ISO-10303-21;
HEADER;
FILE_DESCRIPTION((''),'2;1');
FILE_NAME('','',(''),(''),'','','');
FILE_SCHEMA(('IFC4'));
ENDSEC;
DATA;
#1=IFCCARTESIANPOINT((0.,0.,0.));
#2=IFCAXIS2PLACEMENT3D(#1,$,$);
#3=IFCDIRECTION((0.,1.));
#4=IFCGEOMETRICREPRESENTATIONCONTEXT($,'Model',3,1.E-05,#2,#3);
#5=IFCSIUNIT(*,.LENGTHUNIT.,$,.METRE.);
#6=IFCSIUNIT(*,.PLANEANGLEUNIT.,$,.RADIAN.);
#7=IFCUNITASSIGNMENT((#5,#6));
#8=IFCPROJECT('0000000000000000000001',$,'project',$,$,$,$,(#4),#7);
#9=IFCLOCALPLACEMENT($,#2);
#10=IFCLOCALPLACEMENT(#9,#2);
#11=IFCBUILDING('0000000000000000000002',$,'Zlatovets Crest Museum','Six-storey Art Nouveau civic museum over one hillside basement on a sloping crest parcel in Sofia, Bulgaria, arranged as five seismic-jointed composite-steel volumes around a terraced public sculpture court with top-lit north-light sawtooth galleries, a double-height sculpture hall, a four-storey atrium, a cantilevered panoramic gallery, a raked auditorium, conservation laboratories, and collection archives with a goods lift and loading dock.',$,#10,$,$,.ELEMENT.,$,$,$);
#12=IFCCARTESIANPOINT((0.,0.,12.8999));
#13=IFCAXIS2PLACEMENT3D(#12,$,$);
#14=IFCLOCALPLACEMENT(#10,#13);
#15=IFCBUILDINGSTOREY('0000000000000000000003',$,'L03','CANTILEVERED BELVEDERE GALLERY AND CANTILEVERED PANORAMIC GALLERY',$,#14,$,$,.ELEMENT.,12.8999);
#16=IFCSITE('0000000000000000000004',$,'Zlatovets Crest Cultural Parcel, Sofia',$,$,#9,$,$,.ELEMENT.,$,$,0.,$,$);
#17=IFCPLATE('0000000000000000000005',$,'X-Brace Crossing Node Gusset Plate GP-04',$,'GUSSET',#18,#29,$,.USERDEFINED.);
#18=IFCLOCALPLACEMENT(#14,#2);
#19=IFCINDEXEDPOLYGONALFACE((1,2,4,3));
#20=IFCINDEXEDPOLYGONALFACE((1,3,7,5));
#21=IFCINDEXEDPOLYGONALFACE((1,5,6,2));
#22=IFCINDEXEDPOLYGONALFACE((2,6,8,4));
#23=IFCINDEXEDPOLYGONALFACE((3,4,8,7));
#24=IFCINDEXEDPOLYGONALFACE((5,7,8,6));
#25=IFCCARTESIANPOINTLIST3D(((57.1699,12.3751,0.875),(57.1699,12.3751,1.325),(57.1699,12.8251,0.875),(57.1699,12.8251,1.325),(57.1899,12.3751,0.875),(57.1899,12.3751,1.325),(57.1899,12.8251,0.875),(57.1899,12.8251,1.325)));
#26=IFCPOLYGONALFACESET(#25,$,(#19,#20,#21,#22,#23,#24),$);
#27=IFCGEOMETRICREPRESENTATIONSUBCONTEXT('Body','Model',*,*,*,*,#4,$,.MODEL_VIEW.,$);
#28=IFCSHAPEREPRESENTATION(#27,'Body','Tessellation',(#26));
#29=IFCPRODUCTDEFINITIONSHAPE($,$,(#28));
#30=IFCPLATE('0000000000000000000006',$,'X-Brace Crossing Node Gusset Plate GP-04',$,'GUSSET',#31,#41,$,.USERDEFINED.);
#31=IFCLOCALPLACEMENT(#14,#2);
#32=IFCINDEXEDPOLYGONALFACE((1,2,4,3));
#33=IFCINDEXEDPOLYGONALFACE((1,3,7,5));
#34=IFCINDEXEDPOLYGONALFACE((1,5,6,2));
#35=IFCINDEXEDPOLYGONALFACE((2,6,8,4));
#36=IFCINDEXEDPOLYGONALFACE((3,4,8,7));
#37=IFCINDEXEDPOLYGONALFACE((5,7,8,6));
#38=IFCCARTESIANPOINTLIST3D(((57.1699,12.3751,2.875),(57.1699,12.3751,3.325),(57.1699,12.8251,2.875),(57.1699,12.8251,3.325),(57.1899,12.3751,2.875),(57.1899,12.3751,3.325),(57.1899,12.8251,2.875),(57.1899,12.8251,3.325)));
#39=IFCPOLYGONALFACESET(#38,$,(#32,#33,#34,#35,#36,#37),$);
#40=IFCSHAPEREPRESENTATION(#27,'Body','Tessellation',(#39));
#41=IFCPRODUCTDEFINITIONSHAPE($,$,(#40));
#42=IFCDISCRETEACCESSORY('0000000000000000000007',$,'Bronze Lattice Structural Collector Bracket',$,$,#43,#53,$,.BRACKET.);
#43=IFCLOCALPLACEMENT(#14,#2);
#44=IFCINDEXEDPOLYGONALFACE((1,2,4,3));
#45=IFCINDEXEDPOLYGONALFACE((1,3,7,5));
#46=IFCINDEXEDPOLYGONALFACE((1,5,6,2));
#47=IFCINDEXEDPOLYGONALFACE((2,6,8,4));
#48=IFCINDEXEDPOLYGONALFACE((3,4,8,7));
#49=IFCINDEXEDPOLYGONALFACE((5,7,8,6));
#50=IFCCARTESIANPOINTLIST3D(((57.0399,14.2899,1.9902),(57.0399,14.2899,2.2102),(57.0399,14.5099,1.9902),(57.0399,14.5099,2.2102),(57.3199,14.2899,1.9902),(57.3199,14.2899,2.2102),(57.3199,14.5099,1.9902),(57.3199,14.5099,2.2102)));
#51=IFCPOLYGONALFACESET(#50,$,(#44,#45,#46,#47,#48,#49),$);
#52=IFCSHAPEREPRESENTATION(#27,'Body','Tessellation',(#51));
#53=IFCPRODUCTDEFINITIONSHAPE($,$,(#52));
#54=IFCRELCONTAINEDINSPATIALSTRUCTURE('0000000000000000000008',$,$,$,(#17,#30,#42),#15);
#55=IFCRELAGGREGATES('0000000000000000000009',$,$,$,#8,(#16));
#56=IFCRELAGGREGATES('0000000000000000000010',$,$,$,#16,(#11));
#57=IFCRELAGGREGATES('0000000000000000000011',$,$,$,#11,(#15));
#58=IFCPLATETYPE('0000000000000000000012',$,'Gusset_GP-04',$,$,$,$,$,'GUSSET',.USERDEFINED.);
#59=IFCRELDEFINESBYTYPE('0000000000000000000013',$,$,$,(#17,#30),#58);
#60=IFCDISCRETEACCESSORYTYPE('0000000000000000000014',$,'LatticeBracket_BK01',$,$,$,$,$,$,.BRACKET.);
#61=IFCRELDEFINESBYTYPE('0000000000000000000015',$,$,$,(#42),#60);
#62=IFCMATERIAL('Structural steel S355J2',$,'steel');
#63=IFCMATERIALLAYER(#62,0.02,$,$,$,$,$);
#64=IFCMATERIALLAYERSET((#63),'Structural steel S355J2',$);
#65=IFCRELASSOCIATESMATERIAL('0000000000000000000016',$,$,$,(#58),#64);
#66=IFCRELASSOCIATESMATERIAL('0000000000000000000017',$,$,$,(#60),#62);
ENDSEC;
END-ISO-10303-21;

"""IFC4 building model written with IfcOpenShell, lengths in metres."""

from ifc_helpers import new_model, si_unit, direction, frame, origin, origin_2d, place, context, subcontext, project, spatial, rectangle, extrude, material, layer, layer_set, type_object, element, save


model = new_model("IFC4")

# Units and contexts
model_context = context("Model", 3, precision=1e-05, world=origin(), true_north=direction((0.0, 1.0)))
body_context = subcontext(model_context, "Body", "Model", "MODEL_VIEW")
ifc_project = project(units=[si_unit("LENGTHUNIT", "METRE"), si_unit("PLANEANGLEUNIT", "RADIAN")], contexts=[model_context])

# Site, building, storey
site_placement = place(None, origin())
site = spatial("IfcSite", under=ifc_project, at=site_placement, Name="Zlatovets Crest Cultural Parcel, Sofia", CompositionType="ELEMENT", RefElevation=0.0)
building_placement = place(site_placement, origin())
building = spatial("IfcBuilding", under=site, at=building_placement, Name="Zlatovets Crest Museum", Description="Six-storey Art Nouveau civic museum over one hillside basement on a sloping crest parcel in Sofia, Bulgaria, arranged as five seismic-jointed composite-steel volumes around a terraced public sculpture court with top-lit north-light sawtooth galleries, a double-height sculpture hall, a four-storey atrium, a cantilevered panoramic gallery, a raked auditorium, conservation laboratories, and collection archives with a goods lift and loading dock.", CompositionType="ELEMENT")
storey_placement = place(building_placement, frame((0.0, 0.0, 12.8999)))
storey = spatial("IfcBuildingStorey", under=building, at=storey_placement, Name="L03", Description="CANTILEVERED BELVEDERE GALLERY AND CANTILEVERED PANORAMIC GALLERY", CompositionType="ELEMENT", Elevation=12.8999)

# Plates
ifc_material_1 = material(Name="Structural steel S355J2", Category="steel")
ifc_layer_1 = layer(ifc_material_1, 0.02)
ifc_layer_set_1 = layer_set([ifc_layer_1], Name="Structural steel S355J2")
plate_type_1 = type_object("IfcPlateType", Name="Gusset_GP-04", ElementType="GUSSET", PredefinedType="USERDEFINED", material=ifc_layer_set_1)
for number, where, z_axis, x_axis, name in (
    (1, (57.1799, 12.6001, 0.875), (0.0, 0.0, 1.0), (1.0, 0.0, 0.0), "X-Brace Crossing Node Gusset Plate GP-04"),
    (2, (57.1799, 12.6001, 2.875), (0.0, 0.0, 1.0), (1.0, 0.0, 0.0), "X-Brace Crossing Node Gusset Plate GP-04"),
):
    element("IfcPlate", number, at=place(storey_placement, frame(where, z_axis=z_axis, x_axis=x_axis)), inside=storey, type_object=plate_type_1, Name=name, ObjectType="GUSSET", PredefinedType="USERDEFINED", context=body_context, shape_type="SweptSolid", body=[
        extrude(rectangle(XDim=0.02, YDim=0.45, at=origin_2d()), origin(), (0.0, 0.0, 1.0), 0.45),
    ])

# Discrete accessory
discrete_accessory_type = type_object("IfcDiscreteAccessoryType", Name="LatticeBracket_BK01", PredefinedType="BRACKET", material=ifc_material_1)
discrete_accessory_placement = place(storey_placement, frame((57.1799, 14.3999, 1.9902), z_axis=(0.0, 0.0, 1.0), x_axis=(1.0, 0.0, 0.0)))
element("IfcDiscreteAccessory", 3, at=discrete_accessory_placement, inside=storey, type_object=discrete_accessory_type, Name="Bronze Lattice Structural Collector Bracket", PredefinedType="BRACKET", context=body_context, shape_type="SweptSolid", body=[
    extrude(rectangle(XDim=0.28, YDim=0.22, at=origin_2d()), origin(), (0.0, 0.0, 1.0), 0.22),
])

save(model, "model.ifc")
